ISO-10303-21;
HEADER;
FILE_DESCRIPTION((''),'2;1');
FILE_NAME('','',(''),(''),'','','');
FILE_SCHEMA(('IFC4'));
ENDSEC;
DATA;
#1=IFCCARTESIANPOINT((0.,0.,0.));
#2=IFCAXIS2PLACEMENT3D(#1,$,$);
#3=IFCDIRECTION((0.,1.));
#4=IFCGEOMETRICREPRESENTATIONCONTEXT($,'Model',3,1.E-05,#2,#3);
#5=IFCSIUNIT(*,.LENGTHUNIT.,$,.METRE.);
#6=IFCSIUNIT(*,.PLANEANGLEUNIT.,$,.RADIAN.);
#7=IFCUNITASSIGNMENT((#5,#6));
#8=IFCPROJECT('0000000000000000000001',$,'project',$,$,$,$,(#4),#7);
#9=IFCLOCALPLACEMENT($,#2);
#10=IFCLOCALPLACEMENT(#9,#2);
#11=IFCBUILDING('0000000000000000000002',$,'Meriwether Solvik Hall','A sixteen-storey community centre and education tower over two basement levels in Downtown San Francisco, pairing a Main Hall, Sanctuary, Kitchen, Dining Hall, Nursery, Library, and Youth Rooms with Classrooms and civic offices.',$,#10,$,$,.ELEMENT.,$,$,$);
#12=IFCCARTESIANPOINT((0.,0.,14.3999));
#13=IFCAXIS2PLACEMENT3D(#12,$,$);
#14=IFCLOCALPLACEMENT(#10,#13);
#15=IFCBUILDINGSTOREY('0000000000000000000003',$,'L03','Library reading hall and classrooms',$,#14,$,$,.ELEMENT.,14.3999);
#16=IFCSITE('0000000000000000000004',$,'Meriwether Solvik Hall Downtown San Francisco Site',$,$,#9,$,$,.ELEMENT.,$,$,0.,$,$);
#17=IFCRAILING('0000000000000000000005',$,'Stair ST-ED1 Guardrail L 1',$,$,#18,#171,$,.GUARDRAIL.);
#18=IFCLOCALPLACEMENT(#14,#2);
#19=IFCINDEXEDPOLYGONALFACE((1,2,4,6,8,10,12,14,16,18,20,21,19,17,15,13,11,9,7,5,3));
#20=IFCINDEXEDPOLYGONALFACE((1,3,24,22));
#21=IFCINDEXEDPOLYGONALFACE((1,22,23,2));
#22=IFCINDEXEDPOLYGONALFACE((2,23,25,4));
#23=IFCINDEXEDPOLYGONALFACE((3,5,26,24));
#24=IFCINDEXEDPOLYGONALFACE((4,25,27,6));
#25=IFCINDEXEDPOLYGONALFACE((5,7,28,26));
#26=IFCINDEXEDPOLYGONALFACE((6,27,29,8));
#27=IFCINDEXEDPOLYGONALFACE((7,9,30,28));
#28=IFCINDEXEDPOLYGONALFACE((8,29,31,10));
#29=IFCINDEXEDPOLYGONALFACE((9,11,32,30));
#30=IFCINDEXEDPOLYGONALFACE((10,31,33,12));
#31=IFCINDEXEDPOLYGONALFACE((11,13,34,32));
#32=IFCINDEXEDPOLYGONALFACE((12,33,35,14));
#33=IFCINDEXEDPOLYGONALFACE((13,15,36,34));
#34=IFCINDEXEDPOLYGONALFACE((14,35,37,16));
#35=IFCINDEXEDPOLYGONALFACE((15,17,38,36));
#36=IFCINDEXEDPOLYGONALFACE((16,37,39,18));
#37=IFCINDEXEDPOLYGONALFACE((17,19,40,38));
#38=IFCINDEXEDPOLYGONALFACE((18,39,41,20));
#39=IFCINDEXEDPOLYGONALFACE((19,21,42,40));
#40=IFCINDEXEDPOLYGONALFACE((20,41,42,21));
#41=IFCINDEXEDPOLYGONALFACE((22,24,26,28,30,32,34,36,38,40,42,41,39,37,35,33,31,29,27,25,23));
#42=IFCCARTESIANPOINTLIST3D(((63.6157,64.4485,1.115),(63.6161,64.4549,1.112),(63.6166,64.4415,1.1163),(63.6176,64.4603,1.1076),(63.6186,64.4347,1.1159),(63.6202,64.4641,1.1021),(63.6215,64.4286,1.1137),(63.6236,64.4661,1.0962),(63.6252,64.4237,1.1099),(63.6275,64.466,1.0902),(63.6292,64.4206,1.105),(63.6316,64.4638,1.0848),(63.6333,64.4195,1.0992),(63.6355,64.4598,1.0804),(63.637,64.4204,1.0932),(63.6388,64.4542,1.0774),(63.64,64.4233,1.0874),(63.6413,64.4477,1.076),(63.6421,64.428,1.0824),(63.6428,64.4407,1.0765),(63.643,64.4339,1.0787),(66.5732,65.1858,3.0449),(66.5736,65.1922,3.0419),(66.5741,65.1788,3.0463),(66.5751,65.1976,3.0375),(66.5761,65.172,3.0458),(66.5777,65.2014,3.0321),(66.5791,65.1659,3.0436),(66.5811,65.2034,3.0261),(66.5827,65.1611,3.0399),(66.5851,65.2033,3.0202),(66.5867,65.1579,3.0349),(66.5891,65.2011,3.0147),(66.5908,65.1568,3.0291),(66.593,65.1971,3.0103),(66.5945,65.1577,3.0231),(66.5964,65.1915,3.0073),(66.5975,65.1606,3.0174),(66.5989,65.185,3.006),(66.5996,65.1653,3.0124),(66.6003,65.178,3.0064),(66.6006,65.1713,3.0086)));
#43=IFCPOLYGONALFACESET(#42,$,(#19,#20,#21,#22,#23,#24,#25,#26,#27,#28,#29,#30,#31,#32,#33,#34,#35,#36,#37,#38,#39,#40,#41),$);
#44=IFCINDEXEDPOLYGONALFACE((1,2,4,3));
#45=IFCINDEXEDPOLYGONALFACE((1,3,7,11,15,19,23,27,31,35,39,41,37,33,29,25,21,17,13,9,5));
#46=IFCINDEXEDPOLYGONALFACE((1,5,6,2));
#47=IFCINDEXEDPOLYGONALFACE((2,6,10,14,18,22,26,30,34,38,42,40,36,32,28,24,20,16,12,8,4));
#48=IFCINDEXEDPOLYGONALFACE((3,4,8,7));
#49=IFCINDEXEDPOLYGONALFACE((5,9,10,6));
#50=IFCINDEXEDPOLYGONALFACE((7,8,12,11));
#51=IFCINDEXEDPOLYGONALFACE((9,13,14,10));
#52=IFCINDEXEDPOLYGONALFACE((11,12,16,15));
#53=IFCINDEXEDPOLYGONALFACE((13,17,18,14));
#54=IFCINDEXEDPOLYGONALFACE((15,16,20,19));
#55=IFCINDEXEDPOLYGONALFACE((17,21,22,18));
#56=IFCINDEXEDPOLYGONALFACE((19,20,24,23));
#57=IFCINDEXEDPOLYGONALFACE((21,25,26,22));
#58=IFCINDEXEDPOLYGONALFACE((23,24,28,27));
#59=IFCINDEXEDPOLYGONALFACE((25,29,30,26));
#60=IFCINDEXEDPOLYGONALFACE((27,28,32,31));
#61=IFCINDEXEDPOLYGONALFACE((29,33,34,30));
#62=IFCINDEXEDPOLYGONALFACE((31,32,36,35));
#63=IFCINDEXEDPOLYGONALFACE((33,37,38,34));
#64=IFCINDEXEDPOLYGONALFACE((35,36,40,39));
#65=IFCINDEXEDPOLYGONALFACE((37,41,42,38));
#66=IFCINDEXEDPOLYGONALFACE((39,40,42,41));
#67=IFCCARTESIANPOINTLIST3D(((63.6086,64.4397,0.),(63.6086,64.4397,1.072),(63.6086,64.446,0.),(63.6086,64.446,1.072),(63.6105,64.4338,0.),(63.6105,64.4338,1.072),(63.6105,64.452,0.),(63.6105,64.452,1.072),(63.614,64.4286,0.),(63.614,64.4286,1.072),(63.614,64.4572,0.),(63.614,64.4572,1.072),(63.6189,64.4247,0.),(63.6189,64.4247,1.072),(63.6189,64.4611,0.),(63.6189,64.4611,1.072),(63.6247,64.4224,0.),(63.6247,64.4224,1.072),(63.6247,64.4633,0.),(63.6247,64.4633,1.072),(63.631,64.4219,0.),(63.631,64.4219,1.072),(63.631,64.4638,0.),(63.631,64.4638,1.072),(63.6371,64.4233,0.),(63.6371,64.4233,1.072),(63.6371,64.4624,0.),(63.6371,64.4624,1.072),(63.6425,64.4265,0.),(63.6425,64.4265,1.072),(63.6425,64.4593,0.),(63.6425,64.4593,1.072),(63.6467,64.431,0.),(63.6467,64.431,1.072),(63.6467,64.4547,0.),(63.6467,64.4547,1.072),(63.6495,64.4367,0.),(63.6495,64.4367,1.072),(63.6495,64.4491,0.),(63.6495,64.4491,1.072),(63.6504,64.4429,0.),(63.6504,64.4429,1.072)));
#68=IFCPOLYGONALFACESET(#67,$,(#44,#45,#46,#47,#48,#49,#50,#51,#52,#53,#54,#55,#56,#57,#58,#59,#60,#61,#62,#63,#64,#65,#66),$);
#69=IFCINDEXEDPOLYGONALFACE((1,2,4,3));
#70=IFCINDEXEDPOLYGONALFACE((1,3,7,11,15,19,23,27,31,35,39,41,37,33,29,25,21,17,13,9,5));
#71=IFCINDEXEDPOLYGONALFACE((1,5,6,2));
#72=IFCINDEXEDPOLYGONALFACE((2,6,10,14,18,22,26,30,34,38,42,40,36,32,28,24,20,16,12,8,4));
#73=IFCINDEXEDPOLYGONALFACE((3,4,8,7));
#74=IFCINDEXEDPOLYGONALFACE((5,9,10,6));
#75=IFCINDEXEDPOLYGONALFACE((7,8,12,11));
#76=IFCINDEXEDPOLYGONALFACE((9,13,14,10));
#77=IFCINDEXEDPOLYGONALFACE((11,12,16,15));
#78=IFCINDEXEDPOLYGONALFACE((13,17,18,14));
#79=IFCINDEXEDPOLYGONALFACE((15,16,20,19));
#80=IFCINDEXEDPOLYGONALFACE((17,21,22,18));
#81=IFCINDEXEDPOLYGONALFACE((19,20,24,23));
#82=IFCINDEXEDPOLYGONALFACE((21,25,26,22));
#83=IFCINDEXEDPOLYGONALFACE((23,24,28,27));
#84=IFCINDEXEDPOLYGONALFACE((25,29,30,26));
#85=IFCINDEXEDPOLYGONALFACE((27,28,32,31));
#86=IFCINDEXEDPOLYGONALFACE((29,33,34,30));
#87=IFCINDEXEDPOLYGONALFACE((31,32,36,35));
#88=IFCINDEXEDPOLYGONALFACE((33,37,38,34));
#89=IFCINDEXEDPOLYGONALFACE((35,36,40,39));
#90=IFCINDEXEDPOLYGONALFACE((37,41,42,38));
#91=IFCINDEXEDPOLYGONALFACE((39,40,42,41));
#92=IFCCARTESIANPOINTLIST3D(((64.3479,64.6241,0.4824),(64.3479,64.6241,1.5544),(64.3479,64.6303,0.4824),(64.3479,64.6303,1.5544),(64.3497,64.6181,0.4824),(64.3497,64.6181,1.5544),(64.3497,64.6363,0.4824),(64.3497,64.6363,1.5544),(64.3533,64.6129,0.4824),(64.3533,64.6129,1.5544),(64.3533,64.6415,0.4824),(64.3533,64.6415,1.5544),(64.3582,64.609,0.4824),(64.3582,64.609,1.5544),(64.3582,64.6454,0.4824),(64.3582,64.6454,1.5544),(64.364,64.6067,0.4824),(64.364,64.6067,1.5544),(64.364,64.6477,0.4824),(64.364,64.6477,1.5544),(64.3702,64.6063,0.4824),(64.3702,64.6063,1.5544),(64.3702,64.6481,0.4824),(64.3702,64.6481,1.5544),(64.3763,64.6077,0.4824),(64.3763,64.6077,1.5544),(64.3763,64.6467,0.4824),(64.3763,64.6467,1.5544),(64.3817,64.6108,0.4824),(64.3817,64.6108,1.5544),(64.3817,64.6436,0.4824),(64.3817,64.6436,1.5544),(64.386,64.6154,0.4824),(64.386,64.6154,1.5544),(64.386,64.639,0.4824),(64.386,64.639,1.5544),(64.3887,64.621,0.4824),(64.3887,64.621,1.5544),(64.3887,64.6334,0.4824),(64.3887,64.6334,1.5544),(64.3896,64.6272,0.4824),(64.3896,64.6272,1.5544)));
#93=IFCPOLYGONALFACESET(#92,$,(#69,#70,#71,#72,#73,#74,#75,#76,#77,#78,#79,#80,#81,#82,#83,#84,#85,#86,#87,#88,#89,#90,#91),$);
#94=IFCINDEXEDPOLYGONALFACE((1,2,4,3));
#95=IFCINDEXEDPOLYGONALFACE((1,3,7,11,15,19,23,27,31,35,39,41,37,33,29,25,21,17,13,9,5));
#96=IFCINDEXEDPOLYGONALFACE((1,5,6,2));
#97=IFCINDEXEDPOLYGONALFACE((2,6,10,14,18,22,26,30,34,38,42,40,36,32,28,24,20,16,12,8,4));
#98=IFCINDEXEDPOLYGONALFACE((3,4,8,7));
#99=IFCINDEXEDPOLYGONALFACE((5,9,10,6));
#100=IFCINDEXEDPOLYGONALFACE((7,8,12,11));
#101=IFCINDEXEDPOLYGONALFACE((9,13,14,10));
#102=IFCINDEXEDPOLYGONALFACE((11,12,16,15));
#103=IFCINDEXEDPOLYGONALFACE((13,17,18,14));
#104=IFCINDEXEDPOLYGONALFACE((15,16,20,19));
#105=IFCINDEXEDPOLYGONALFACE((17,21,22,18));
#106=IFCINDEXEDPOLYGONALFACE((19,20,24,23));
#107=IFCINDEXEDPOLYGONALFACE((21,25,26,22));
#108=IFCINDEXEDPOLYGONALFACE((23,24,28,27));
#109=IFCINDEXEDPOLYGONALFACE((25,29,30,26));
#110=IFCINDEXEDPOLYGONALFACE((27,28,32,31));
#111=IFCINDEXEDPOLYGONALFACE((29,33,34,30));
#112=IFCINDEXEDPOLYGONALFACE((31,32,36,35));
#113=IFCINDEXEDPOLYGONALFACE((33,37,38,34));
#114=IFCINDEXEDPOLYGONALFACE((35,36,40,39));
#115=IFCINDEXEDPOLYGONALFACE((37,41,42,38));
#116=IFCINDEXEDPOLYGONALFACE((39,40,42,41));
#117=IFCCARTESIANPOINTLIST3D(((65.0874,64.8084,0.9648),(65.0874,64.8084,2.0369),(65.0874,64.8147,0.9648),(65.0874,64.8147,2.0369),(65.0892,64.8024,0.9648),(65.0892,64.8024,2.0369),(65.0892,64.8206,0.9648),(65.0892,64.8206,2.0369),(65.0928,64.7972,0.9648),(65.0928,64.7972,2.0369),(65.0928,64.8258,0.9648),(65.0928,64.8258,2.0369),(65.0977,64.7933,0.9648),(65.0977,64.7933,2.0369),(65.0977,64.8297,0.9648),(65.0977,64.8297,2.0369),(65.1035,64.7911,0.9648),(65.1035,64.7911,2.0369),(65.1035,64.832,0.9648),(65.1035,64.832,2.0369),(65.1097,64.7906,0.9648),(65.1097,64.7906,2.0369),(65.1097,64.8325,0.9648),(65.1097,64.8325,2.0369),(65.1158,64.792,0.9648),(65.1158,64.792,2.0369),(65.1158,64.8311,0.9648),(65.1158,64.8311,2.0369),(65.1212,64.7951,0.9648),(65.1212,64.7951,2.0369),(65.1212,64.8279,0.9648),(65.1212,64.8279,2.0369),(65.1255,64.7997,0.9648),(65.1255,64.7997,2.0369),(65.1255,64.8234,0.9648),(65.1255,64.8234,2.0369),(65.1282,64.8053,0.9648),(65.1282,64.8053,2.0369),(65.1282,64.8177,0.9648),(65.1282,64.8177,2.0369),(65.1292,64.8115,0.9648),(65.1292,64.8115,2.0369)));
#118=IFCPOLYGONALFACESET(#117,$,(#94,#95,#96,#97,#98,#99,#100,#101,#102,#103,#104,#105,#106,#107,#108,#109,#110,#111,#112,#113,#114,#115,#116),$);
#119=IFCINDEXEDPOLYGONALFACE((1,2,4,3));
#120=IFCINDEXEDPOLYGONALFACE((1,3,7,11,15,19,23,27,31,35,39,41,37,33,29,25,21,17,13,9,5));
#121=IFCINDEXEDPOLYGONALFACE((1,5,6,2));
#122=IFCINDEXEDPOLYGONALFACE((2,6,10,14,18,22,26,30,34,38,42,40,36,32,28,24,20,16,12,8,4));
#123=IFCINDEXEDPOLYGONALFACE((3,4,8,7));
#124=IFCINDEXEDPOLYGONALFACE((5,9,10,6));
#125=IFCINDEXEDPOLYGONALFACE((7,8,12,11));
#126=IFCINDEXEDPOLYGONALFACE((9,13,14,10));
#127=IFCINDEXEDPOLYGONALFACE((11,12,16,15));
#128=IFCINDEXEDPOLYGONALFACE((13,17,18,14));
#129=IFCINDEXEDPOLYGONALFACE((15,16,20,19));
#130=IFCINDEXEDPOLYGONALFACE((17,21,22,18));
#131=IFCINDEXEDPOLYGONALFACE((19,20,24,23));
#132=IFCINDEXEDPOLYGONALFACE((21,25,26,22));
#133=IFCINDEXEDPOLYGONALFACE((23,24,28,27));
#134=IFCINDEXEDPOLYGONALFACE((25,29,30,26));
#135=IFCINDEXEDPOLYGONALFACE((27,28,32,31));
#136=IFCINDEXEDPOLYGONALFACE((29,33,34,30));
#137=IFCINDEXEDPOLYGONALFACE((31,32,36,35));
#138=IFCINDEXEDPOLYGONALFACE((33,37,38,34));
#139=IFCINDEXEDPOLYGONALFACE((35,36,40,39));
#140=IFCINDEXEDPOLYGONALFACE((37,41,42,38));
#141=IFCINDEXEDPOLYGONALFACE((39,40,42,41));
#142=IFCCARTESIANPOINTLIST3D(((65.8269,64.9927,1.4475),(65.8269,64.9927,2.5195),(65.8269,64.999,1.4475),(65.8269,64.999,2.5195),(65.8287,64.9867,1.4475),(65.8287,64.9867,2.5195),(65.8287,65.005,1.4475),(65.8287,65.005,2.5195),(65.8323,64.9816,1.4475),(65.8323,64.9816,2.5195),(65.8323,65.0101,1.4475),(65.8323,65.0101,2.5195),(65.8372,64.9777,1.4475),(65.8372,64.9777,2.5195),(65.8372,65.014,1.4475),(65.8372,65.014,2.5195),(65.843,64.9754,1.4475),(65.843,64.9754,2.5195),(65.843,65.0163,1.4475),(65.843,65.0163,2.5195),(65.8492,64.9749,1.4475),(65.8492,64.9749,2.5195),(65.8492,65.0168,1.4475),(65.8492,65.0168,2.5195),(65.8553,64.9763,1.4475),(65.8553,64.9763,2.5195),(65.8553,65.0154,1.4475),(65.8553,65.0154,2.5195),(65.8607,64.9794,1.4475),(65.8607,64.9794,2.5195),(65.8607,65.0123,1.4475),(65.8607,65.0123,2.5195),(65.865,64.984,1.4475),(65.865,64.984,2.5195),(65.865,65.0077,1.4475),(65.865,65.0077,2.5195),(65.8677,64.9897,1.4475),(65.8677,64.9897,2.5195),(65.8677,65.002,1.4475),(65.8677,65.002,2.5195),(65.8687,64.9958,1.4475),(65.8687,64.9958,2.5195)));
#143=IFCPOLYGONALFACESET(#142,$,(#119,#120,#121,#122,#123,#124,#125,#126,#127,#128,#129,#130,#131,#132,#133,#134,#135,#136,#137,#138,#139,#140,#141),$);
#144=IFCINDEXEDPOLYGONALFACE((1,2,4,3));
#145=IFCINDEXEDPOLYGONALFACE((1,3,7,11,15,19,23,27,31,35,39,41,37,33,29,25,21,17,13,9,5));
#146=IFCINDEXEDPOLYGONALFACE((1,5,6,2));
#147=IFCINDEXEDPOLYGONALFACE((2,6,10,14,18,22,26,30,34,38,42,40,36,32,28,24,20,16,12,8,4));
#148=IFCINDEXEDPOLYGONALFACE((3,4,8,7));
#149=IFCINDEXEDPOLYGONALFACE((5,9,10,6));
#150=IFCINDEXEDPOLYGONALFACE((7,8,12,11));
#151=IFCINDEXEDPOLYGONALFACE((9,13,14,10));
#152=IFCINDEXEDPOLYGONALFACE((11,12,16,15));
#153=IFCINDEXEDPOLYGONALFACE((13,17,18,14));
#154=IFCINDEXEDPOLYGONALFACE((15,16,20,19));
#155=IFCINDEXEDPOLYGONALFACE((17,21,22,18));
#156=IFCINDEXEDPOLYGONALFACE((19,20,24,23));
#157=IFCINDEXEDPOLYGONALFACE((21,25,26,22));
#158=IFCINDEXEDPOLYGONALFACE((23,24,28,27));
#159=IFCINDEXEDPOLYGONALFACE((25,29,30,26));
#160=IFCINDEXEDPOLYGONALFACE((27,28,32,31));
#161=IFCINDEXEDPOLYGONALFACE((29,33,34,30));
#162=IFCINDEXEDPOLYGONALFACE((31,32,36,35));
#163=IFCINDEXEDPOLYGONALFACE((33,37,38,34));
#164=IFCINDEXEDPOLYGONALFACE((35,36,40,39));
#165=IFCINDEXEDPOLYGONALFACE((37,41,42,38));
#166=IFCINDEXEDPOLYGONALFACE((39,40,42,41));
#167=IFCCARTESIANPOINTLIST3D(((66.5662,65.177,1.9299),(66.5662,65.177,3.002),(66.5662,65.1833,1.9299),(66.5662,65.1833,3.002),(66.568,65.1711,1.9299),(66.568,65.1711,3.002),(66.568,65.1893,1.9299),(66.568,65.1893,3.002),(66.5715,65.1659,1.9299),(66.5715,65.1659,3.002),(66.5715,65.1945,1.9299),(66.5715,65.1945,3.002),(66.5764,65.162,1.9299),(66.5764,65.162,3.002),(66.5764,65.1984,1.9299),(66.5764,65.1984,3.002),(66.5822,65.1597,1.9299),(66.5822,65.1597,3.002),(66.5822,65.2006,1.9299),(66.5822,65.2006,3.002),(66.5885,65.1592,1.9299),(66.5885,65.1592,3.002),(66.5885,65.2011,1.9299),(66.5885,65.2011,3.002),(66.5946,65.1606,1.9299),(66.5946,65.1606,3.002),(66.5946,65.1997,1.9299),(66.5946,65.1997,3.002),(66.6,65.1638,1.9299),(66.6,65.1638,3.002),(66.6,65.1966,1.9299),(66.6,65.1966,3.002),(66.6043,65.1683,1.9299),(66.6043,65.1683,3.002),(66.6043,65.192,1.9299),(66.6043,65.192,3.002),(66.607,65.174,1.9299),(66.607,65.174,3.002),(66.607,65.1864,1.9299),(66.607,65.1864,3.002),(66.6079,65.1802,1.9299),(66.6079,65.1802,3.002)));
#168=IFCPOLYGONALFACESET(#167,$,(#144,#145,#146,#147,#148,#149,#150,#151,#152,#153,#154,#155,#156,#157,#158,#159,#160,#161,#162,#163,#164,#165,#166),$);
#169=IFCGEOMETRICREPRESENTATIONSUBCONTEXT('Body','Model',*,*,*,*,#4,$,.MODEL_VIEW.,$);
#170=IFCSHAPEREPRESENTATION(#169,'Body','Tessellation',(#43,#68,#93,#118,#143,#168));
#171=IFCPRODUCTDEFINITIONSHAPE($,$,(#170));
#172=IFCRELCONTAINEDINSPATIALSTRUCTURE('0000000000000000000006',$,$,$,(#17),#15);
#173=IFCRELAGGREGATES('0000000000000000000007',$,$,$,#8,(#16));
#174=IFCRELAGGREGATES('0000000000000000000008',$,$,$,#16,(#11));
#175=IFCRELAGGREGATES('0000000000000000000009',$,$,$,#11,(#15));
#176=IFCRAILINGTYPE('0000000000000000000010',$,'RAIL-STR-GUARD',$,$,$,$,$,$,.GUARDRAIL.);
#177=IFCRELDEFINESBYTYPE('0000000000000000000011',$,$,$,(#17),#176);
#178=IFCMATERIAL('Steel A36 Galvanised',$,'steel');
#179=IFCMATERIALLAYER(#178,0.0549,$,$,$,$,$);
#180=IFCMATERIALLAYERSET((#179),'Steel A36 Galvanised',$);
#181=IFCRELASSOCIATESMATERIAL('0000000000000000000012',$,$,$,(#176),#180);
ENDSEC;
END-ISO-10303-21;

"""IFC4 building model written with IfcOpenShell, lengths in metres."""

from ifc_helpers import new_model, si_unit, direction, frame, origin, origin_2d, place, context, subcontext, project, spatial, circle, extrude, material, layer, layer_set, type_object, element, save


model = new_model("IFC4")

# Units and contexts
model_context = context("Model", 3, precision=1e-05, world=origin(), true_north=direction((0.0, 1.0)))
body_context = subcontext(model_context, "Body", "Model", "MODEL_VIEW")
ifc_project = project(units=[si_unit("LENGTHUNIT", "METRE"), si_unit("PLANEANGLEUNIT", "RADIAN")], contexts=[model_context])

# Site, building, storey
site_placement = place(None, origin())
site = spatial("IfcSite", under=ifc_project, at=site_placement, Name="Meriwether Solvik Hall Downtown San Francisco Site", CompositionType="ELEMENT", RefElevation=0.0)
building_placement = place(site_placement, origin())
building = spatial("IfcBuilding", under=site, at=building_placement, Name="Meriwether Solvik Hall", Description="A sixteen-storey community centre and education tower over two basement levels in Downtown San Francisco, pairing a Main Hall, Sanctuary, Kitchen, Dining Hall, Nursery, Library, and Youth Rooms with Classrooms and civic offices.", CompositionType="ELEMENT")
storey_placement = place(building_placement, frame((0.0, 0.0, 14.3999)))
storey = spatial("IfcBuildingStorey", under=building, at=storey_placement, Name="L03", Description="Library reading hall and classrooms", CompositionType="ELEMENT", Elevation=14.3999)

# Railing
ifc_material_1 = material(Name="Steel A36 Galvanised", Category="steel")
ifc_layer_1 = layer(ifc_material_1, 0.0549)
ifc_layer_set_1 = layer_set([ifc_layer_1], Name="Steel A36 Galvanised")
railing_type_1 = type_object("IfcRailingType", Name="RAIL-STR-GUARD", PredefinedType="GUARDRAIL", material=ifc_layer_set_1)
railing_1_placement = place(storey_placement, frame((63.6294, 64.4429, 0.0)))
element("IfcRailing", 1, at=railing_1_placement, inside=storey, type_object=railing_type_1, Name="Stair ST-ED1 Guardrail L 1", PredefinedType="GUARDRAIL", context=body_context, shape_type="SweptSolid", body=[
    extrude(circle(Radius=0.0239, at=origin_2d()), frame((0.0, 0.0, 1.0962), z_axis=(0.81979, 0.204372, 0.534955), x_axis=(-0.241895, 0.970302, 0.0)), (0.0, 0.0, 1.0), 3.6077),
    extrude(circle(Radius=0.021, at=origin_2d()), origin(), (0.0, 0.0, 1.0), 1.072),
    extrude(circle(Radius=0.021, at=origin_2d()), frame((0.7393, 0.1843, 0.4824)), (0.0, 0.0, 1.0), 1.072),
    extrude(circle(Radius=0.021, at=origin_2d()), frame((1.4788, 0.3687, 0.9648)), (0.0, 0.0, 1.0), 1.072),
    extrude(circle(Radius=0.021, at=origin_2d()), frame((2.2183, 0.553, 1.4475)), (0.0, 0.0, 1.0), 1.072),
    extrude(circle(Radius=0.021, at=origin_2d()), frame((2.9575, 0.7373, 1.9299)), (0.0, 0.0, 1.0), 1.072),
])

save(model, "model.ifc")
